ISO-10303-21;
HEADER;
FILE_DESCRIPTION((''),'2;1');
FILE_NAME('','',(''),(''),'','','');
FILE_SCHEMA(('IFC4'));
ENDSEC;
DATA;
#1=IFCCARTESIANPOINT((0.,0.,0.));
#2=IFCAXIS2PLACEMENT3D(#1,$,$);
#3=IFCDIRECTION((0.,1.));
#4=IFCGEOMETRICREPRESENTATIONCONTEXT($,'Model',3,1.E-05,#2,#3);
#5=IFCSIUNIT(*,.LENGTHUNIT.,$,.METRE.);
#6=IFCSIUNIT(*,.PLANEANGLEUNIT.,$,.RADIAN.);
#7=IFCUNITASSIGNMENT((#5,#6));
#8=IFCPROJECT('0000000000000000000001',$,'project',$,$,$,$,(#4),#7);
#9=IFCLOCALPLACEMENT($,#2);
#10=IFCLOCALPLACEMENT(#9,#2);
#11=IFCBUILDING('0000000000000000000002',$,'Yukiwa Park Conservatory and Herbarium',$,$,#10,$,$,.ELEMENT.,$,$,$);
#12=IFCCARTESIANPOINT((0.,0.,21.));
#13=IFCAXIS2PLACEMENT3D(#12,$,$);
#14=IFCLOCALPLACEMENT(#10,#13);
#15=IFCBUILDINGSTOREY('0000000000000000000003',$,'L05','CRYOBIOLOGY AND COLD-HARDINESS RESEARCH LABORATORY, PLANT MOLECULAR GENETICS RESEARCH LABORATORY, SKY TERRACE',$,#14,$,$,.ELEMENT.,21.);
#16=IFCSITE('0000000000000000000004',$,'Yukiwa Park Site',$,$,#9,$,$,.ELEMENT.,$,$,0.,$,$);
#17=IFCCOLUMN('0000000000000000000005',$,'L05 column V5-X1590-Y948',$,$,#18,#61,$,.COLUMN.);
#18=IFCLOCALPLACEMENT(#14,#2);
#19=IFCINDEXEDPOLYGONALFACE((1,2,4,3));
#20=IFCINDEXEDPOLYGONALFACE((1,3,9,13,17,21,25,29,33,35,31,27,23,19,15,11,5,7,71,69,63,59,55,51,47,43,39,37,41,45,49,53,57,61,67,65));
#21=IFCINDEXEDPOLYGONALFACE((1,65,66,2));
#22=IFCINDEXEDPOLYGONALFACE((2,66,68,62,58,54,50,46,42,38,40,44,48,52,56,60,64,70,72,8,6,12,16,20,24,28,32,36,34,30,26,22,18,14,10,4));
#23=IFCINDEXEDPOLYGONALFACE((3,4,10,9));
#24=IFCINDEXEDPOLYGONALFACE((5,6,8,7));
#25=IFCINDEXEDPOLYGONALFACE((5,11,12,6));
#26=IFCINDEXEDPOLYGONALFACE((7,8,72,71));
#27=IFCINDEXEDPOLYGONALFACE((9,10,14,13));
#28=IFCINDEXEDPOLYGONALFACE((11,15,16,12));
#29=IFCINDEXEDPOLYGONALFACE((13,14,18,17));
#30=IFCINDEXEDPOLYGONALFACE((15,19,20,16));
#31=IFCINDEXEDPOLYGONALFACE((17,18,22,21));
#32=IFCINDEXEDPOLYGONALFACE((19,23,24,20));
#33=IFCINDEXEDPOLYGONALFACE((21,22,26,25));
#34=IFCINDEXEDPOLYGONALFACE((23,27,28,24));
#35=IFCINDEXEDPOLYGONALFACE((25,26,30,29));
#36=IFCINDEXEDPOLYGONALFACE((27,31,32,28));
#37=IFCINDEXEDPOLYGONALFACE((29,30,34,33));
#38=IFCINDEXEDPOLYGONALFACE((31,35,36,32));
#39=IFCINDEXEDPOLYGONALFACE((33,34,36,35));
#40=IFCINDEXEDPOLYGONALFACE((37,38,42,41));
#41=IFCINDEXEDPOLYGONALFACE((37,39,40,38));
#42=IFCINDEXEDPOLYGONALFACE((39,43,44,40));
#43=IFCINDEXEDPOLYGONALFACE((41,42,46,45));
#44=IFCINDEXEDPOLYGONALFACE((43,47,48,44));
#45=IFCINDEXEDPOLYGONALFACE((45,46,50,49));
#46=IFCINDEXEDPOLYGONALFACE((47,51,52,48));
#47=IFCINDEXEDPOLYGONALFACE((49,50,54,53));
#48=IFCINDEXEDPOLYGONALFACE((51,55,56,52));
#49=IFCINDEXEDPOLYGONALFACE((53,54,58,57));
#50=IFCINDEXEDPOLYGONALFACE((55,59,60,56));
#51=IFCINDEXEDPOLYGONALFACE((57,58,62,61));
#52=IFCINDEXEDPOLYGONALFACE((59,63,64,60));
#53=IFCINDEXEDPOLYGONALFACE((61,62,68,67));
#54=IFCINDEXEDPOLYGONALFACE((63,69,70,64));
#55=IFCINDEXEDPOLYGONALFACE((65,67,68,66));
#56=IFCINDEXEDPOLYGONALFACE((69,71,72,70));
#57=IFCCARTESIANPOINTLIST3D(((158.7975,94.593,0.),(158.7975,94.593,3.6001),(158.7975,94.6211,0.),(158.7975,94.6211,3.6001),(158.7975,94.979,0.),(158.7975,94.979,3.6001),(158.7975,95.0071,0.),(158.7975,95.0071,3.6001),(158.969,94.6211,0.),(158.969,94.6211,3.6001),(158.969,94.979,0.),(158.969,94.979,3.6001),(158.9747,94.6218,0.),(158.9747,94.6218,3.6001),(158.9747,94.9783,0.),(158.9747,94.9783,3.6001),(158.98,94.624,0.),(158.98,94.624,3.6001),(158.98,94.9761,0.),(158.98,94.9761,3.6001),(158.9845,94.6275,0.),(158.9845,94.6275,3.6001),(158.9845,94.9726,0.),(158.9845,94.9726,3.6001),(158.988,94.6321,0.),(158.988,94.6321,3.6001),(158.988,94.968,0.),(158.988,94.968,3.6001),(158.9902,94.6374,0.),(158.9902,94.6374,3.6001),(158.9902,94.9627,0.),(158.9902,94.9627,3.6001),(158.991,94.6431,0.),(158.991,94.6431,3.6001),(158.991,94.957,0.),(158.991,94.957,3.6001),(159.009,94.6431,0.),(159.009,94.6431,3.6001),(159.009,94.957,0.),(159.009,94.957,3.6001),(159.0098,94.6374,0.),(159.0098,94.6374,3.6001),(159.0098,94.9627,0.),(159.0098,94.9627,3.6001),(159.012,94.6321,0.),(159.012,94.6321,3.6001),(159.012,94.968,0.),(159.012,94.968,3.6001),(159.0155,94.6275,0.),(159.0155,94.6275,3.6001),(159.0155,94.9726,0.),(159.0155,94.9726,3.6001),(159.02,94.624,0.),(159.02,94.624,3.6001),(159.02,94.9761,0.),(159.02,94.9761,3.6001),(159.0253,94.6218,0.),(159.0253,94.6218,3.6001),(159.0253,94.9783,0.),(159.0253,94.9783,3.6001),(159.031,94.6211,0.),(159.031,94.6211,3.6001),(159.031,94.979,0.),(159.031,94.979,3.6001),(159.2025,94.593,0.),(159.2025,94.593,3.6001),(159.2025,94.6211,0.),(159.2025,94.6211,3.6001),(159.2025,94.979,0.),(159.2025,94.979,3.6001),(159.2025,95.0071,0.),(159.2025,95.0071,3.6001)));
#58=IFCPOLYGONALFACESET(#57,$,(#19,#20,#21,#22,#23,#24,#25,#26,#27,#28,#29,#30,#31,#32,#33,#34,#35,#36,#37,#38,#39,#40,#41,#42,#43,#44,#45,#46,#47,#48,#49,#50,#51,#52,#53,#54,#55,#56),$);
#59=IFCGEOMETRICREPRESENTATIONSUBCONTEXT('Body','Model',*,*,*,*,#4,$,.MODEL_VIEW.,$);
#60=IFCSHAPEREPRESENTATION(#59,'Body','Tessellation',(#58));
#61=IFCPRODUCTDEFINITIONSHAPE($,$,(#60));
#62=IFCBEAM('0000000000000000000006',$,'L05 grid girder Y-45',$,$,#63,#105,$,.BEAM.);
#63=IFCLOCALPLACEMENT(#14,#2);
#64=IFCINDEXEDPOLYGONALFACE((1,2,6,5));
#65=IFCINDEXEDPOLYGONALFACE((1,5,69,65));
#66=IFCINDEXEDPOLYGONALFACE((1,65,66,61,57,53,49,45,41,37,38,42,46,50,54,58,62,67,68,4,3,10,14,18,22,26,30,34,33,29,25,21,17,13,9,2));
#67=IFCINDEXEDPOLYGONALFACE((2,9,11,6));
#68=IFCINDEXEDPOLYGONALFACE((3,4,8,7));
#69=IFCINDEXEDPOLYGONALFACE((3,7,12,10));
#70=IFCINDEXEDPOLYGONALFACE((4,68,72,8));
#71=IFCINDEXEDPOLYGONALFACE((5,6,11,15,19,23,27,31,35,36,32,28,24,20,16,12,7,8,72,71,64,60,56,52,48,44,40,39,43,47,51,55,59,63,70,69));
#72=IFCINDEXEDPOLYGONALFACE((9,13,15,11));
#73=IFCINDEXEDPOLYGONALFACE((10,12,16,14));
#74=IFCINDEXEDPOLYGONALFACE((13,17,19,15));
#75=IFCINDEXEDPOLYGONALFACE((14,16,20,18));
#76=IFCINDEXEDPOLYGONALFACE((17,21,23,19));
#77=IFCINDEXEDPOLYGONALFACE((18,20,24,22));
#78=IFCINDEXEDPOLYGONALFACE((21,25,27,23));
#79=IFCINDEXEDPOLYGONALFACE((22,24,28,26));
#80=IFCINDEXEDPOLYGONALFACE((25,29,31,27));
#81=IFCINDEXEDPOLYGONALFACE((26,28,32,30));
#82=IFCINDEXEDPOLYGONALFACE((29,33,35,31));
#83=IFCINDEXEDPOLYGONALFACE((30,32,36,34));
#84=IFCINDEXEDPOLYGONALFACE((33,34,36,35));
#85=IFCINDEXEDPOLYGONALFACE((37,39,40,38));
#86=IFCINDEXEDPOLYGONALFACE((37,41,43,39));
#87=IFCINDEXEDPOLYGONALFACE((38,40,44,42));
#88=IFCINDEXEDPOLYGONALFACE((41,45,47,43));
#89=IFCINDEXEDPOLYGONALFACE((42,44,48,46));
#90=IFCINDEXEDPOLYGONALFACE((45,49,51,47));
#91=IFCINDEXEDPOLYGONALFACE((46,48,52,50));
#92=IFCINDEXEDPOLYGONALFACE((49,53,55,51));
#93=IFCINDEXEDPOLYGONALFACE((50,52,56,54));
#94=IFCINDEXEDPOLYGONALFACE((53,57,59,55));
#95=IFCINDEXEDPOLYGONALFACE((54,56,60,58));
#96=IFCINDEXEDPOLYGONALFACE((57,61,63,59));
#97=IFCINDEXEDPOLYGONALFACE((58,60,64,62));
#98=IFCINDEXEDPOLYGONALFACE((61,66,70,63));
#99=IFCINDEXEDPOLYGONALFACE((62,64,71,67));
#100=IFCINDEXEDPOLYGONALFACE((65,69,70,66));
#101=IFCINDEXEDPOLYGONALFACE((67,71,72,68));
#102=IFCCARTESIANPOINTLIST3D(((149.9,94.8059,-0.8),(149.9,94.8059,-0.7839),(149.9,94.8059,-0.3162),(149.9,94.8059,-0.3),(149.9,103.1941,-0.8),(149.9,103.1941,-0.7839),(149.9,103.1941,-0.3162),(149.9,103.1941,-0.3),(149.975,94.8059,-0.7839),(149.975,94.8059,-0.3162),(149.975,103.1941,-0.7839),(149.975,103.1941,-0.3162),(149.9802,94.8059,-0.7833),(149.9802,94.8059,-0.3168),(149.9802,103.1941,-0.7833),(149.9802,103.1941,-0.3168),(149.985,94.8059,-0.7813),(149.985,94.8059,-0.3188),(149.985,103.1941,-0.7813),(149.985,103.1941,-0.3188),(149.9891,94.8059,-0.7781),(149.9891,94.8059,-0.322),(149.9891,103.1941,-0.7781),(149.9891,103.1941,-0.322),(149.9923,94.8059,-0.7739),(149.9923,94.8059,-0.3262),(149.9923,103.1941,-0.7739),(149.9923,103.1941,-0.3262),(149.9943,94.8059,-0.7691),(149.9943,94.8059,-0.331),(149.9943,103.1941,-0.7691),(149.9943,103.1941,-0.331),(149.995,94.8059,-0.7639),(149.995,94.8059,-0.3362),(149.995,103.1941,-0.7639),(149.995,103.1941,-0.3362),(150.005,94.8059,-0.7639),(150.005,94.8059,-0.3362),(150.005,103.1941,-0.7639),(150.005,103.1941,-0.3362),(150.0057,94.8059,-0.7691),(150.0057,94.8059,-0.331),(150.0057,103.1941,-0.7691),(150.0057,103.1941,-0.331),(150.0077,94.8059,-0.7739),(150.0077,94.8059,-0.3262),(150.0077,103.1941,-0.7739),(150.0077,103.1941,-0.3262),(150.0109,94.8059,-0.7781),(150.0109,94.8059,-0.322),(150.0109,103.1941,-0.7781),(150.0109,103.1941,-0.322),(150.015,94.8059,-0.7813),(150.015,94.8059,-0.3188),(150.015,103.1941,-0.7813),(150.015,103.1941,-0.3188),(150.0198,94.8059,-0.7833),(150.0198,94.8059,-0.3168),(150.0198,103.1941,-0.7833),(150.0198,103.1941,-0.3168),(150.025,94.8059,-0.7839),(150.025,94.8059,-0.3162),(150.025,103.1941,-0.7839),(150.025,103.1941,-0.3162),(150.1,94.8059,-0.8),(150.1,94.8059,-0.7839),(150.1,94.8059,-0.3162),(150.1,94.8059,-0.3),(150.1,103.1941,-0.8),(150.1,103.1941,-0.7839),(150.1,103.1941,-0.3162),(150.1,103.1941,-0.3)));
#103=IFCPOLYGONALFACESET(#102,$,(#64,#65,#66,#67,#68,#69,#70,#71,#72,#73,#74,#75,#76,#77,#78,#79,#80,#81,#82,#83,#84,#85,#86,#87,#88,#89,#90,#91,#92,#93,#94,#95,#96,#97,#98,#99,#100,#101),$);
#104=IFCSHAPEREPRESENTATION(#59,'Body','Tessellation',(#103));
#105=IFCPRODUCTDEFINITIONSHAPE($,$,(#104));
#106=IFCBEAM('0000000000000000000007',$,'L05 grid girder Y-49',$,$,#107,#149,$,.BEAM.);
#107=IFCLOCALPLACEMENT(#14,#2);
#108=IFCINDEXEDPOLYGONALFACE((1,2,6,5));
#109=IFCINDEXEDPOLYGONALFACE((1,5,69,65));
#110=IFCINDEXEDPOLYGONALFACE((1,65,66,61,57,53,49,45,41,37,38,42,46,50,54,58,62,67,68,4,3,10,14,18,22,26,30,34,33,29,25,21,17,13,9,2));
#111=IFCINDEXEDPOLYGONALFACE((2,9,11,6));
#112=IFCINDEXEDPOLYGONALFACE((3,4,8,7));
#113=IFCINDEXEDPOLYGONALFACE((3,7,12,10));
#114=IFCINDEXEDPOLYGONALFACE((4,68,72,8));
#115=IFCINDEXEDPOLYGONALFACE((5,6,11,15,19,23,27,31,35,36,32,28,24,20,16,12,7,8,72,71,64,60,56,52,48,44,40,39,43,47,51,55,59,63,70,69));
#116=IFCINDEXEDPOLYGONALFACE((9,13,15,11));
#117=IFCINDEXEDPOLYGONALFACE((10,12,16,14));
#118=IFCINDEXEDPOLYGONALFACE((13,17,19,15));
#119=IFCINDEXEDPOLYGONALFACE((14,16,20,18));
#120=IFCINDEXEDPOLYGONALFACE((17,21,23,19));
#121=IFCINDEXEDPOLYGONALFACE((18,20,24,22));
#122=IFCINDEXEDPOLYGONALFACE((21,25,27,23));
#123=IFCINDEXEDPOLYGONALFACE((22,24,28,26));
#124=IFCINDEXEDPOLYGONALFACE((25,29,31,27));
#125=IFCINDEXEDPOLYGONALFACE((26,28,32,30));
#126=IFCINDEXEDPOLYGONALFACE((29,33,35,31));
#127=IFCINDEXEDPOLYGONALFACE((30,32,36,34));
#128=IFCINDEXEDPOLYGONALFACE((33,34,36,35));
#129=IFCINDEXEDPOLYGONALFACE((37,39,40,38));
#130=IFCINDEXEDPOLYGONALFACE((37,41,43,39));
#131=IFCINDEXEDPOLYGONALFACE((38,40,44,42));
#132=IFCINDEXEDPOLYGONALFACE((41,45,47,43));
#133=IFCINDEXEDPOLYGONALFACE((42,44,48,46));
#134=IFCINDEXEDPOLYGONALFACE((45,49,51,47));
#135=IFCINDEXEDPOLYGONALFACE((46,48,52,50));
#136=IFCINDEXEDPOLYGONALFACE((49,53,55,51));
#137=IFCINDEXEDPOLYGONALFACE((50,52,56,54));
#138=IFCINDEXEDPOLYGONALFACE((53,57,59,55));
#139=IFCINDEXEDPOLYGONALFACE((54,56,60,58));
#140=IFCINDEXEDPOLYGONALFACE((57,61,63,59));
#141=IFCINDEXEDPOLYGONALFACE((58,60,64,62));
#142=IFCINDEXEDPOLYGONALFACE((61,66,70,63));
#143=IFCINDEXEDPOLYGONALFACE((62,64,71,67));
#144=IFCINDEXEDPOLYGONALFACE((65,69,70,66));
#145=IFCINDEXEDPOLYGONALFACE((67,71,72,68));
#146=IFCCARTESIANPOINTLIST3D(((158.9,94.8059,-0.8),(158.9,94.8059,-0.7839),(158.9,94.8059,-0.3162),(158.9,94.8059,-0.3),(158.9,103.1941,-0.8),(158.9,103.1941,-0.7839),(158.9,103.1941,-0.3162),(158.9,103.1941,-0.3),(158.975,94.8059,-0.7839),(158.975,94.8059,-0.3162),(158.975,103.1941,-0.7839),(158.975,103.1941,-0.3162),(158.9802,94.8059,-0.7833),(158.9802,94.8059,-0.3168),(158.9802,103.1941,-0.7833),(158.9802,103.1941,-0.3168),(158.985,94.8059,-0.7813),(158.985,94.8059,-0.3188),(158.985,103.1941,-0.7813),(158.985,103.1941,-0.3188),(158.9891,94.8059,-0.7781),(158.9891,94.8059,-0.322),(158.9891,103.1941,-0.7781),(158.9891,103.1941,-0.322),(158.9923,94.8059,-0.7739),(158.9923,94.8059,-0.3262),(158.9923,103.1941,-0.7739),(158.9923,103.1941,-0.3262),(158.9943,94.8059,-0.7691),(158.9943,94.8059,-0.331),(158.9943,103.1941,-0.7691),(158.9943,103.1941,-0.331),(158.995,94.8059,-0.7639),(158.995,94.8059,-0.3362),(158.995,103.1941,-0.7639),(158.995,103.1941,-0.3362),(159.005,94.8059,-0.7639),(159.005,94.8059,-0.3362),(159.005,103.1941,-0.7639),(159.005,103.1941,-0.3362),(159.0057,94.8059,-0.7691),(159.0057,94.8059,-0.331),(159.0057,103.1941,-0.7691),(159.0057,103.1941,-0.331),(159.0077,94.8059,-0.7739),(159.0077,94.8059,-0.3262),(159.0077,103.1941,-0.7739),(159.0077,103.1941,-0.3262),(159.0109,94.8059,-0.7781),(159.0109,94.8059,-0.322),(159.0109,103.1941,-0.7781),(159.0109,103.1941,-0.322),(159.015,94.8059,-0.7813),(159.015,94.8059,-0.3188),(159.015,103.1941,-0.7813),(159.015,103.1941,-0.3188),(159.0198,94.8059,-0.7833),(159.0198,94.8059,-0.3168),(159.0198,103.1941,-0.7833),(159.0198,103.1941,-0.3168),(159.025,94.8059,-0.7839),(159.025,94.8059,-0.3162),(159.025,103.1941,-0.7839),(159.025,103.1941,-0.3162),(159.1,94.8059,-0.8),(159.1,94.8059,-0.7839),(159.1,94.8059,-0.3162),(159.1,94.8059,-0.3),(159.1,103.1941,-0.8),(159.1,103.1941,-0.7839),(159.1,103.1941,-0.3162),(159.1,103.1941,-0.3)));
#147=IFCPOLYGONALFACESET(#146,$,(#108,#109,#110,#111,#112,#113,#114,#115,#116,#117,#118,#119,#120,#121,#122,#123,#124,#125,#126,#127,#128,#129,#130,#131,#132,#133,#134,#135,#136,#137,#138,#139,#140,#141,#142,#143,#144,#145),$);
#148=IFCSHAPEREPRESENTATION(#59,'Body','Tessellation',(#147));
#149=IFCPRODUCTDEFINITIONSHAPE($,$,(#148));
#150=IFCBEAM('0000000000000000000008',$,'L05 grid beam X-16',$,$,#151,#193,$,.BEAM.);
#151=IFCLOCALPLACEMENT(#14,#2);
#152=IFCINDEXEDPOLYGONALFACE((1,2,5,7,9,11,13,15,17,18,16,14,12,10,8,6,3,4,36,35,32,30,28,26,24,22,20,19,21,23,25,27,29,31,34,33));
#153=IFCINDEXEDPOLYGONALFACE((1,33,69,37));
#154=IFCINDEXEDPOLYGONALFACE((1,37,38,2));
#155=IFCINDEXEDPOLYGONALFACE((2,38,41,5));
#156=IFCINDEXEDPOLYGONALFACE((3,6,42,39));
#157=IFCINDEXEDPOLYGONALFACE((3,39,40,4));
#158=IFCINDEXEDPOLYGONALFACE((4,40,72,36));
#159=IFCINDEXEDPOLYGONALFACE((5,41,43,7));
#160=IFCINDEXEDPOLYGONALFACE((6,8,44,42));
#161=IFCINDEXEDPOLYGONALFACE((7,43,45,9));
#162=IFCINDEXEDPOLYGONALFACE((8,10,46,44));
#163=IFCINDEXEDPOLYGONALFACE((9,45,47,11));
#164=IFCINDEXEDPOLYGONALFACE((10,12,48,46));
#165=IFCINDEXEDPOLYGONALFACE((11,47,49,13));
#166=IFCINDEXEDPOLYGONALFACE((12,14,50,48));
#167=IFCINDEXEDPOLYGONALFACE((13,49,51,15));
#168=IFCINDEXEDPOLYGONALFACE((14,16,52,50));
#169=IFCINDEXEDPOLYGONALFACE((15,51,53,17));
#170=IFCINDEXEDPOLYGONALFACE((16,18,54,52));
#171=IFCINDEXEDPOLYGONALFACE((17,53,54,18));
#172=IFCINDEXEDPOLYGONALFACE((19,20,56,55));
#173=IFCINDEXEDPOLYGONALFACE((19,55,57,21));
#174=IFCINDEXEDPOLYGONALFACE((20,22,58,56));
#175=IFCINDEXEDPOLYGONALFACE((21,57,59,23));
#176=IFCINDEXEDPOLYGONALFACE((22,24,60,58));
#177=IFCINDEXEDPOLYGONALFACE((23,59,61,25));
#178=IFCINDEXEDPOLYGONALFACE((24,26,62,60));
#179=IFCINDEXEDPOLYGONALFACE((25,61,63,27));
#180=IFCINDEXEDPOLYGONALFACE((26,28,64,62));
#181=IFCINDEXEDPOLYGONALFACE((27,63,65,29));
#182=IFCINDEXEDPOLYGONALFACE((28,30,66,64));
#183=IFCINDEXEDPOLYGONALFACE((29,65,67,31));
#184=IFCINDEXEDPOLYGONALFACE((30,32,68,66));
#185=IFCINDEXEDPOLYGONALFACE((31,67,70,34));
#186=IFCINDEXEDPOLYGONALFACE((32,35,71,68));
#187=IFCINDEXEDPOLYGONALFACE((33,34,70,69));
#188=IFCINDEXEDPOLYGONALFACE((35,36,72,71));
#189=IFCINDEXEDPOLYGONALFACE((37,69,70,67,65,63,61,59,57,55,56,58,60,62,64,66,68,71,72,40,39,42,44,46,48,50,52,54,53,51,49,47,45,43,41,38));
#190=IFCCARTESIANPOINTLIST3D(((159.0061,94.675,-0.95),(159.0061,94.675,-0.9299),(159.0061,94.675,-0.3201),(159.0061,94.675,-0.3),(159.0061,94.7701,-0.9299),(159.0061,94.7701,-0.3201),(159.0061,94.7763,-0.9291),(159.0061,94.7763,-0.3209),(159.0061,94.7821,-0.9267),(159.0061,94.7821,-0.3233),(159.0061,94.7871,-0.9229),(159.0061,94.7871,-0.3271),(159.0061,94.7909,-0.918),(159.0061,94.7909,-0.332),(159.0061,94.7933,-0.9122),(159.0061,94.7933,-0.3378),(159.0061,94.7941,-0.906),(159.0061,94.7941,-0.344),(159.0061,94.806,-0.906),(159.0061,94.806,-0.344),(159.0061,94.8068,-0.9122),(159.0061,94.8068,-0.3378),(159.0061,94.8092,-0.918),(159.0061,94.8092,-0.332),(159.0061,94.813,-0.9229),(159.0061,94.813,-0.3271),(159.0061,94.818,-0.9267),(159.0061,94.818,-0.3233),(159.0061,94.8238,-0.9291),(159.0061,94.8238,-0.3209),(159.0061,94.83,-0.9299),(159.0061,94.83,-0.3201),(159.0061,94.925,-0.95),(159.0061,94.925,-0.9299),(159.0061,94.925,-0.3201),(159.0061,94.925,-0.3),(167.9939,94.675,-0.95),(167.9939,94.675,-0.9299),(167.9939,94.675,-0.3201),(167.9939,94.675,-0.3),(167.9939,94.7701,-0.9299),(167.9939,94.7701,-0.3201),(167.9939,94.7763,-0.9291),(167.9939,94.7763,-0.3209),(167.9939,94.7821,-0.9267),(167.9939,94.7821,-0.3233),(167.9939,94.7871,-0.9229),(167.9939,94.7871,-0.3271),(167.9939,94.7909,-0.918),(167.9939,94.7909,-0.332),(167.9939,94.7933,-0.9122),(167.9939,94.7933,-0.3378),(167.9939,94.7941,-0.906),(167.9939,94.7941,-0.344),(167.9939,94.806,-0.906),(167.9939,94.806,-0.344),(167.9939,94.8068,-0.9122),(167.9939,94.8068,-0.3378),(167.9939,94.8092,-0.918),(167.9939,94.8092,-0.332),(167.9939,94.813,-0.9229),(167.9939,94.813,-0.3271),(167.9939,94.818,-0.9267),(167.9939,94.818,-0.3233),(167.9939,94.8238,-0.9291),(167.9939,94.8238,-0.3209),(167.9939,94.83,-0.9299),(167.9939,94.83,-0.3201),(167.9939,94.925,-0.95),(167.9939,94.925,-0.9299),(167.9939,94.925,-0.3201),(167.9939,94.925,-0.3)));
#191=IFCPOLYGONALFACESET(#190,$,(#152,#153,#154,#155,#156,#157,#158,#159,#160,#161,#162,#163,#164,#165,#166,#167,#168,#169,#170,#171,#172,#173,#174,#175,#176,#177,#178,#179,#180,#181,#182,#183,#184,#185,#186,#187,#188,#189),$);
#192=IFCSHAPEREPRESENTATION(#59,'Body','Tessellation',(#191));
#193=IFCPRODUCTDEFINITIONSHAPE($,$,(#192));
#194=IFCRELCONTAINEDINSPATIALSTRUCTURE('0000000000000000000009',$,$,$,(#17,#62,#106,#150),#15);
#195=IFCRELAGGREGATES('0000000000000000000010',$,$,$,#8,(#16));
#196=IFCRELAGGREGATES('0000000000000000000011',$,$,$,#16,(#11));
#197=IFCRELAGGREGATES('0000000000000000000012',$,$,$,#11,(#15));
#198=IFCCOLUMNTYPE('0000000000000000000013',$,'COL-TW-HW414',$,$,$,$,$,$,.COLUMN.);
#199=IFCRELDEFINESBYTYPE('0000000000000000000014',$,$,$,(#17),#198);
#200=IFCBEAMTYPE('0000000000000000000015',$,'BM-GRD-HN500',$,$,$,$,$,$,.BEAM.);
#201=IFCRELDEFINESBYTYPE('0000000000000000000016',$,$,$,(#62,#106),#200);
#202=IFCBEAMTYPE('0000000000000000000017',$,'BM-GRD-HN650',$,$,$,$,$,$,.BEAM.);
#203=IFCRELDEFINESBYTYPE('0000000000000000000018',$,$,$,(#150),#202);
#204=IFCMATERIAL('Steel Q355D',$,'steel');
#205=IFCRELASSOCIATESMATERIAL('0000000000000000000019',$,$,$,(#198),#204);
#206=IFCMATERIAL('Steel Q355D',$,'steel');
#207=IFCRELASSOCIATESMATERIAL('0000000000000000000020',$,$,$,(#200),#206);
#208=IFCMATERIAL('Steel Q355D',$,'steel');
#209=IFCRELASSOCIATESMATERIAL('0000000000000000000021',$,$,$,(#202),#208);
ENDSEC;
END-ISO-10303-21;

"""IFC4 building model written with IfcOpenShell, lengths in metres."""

from ifc_helpers import new_model, si_unit, direction, frame, origin, origin_2d, place, context, subcontext, project, spatial, i_section, extrude, material, material_profile, profile_set, type_object, element, save


model = new_model("IFC4")

# Units and contexts
model_context = context("Model", 3, precision=1e-05, world=origin(), true_north=direction((0.0, 1.0)))
body_context = subcontext(model_context, "Body", "Model", "MODEL_VIEW")
ifc_project = project(units=[si_unit("LENGTHUNIT", "METRE"), si_unit("PLANEANGLEUNIT", "RADIAN")], contexts=[model_context])

# Site, building, storey
site_placement = place(None, origin())
site = spatial("IfcSite", under=ifc_project, at=site_placement, Name="Yukiwa Park Site", CompositionType="ELEMENT", RefElevation=0.0)
building_placement = place(site_placement, origin())
building = spatial("IfcBuilding", under=site, at=building_placement, Name="Yukiwa Park Conservatory and Herbarium", CompositionType="ELEMENT")
storey_placement = place(building_placement, frame((0.0, 0.0, 21.0)))
storey = spatial("IfcBuildingStorey", under=building, at=storey_placement, Name="L05", Description="CRYOBIOLOGY AND COLD-HARDINESS RESEARCH LABORATORY, PLANT MOLECULAR GENETICS RESEARCH LABORATORY, SKY TERRACE", CompositionType="ELEMENT", Elevation=21.0)

# Column
ifc_material_1 = material(Name="Steel Q355D", Category="steel")
ifc_material_profile_1 = material_profile(ifc_material_1, i_section(OverallWidth=0.405, OverallDepth=0.4141, WebThickness=0.0181, FlangeThickness=0.0281, FilletRadius=0.022, at=origin_2d()), Name="HW 414x405x18x28")
ifc_profile_set_1 = profile_set([ifc_material_profile_1], Name="Steel Q355D")
column_type = type_object("IfcColumnType", Name="COL-TW-HW414", PredefinedType="COLUMN", material=ifc_profile_set_1)
column_placement = place(storey_placement, frame((159.0, 94.8, 0.0), z_axis=(0.0, 0.0, 1.0), x_axis=(1.0, 0.0, 0.0)))
element("IfcColumn", 1, at=column_placement, inside=storey, type_object=column_type, Name="L05 column V5-X1590-Y948", PredefinedType="COLUMN", context=body_context, shape_type="SweptSolid", body=[
    extrude(i_section(OverallWidth=0.405, OverallDepth=0.4141, WebThickness=0.0181, FlangeThickness=0.0281, FilletRadius=0.022, at=origin_2d()), origin(), (0.0, 0.0, 1.0), 3.6001),
])

# Beams
ifc_material_2 = material(Name="Steel Q355D", Category="steel")
ifc_material_profile_2 = material_profile(ifc_material_2, i_section(OverallWidth=0.2, OverallDepth=0.5, WebThickness=0.01, FlangeThickness=0.0161, FilletRadius=0.02, at=origin_2d()), Name="HN 500x200x10x16")
ifc_profile_set_2 = profile_set([ifc_material_profile_2], Name="Steel Q355D")
beam_type_1 = type_object("IfcBeamType", Name="BM-GRD-HN500", PredefinedType="BEAM", material=ifc_profile_set_2)
for number, where, z_axis, x_axis, name in (
    (2, (150.0, 94.8059, -0.55), (0.0, 1.0, 0.0), (-1.0, 0.0, 0.0), "L05 grid girder Y-45"),
    (3, (159.0, 94.8059, -0.55), (0.0, 1.0, 0.0), (-1.0, 0.0, 0.0), "L05 grid girder Y-49"),
):
    element("IfcBeam", number, at=place(storey_placement, frame(where, z_axis=z_axis, x_axis=x_axis)), inside=storey, type_object=beam_type_1, Name=name, PredefinedType="BEAM", context=body_context, shape_type="SweptSolid", body=[
        extrude(i_section(OverallWidth=0.2, OverallDepth=0.5, WebThickness=0.01, FlangeThickness=0.0161, FilletRadius=0.02, at=origin_2d()), origin(), (0.0, 0.0, 1.0), 8.3882),
    ])
ifc_material_3 = material(Name="Steel Q355D", Category="steel")
ifc_material_profile_3 = material_profile(ifc_material_3, i_section(OverallWidth=0.25, OverallDepth=0.6499, WebThickness=0.012, FlangeThickness=0.02, FilletRadius=0.0239, at=origin_2d()), Name="HN 650x250x12x20")
ifc_profile_set_3 = profile_set([ifc_material_profile_3], Name="Steel Q355D")
beam_type_2 = type_object("IfcBeamType", Name="BM-GRD-HN650", PredefinedType="BEAM", material=ifc_profile_set_3)
beam_1_placement = place(storey_placement, frame((159.0061, 94.8, -0.625), z_axis=(1.0, 0.0, 0.0), x_axis=(0.0, 1.0, 0.0)))
element("IfcBeam", 4, at=beam_1_placement, inside=storey, type_object=beam_type_2, Name="L05 grid beam X-16", PredefinedType="BEAM", context=body_context, shape_type="SweptSolid", body=[
    extrude(i_section(OverallWidth=0.25, OverallDepth=0.6499, WebThickness=0.012, FlangeThickness=0.02, FilletRadius=0.0239, at=origin_2d()), origin(), (0.0, 0.0, 1.0), 8.9878),
])

save(model, "model.ifc")
